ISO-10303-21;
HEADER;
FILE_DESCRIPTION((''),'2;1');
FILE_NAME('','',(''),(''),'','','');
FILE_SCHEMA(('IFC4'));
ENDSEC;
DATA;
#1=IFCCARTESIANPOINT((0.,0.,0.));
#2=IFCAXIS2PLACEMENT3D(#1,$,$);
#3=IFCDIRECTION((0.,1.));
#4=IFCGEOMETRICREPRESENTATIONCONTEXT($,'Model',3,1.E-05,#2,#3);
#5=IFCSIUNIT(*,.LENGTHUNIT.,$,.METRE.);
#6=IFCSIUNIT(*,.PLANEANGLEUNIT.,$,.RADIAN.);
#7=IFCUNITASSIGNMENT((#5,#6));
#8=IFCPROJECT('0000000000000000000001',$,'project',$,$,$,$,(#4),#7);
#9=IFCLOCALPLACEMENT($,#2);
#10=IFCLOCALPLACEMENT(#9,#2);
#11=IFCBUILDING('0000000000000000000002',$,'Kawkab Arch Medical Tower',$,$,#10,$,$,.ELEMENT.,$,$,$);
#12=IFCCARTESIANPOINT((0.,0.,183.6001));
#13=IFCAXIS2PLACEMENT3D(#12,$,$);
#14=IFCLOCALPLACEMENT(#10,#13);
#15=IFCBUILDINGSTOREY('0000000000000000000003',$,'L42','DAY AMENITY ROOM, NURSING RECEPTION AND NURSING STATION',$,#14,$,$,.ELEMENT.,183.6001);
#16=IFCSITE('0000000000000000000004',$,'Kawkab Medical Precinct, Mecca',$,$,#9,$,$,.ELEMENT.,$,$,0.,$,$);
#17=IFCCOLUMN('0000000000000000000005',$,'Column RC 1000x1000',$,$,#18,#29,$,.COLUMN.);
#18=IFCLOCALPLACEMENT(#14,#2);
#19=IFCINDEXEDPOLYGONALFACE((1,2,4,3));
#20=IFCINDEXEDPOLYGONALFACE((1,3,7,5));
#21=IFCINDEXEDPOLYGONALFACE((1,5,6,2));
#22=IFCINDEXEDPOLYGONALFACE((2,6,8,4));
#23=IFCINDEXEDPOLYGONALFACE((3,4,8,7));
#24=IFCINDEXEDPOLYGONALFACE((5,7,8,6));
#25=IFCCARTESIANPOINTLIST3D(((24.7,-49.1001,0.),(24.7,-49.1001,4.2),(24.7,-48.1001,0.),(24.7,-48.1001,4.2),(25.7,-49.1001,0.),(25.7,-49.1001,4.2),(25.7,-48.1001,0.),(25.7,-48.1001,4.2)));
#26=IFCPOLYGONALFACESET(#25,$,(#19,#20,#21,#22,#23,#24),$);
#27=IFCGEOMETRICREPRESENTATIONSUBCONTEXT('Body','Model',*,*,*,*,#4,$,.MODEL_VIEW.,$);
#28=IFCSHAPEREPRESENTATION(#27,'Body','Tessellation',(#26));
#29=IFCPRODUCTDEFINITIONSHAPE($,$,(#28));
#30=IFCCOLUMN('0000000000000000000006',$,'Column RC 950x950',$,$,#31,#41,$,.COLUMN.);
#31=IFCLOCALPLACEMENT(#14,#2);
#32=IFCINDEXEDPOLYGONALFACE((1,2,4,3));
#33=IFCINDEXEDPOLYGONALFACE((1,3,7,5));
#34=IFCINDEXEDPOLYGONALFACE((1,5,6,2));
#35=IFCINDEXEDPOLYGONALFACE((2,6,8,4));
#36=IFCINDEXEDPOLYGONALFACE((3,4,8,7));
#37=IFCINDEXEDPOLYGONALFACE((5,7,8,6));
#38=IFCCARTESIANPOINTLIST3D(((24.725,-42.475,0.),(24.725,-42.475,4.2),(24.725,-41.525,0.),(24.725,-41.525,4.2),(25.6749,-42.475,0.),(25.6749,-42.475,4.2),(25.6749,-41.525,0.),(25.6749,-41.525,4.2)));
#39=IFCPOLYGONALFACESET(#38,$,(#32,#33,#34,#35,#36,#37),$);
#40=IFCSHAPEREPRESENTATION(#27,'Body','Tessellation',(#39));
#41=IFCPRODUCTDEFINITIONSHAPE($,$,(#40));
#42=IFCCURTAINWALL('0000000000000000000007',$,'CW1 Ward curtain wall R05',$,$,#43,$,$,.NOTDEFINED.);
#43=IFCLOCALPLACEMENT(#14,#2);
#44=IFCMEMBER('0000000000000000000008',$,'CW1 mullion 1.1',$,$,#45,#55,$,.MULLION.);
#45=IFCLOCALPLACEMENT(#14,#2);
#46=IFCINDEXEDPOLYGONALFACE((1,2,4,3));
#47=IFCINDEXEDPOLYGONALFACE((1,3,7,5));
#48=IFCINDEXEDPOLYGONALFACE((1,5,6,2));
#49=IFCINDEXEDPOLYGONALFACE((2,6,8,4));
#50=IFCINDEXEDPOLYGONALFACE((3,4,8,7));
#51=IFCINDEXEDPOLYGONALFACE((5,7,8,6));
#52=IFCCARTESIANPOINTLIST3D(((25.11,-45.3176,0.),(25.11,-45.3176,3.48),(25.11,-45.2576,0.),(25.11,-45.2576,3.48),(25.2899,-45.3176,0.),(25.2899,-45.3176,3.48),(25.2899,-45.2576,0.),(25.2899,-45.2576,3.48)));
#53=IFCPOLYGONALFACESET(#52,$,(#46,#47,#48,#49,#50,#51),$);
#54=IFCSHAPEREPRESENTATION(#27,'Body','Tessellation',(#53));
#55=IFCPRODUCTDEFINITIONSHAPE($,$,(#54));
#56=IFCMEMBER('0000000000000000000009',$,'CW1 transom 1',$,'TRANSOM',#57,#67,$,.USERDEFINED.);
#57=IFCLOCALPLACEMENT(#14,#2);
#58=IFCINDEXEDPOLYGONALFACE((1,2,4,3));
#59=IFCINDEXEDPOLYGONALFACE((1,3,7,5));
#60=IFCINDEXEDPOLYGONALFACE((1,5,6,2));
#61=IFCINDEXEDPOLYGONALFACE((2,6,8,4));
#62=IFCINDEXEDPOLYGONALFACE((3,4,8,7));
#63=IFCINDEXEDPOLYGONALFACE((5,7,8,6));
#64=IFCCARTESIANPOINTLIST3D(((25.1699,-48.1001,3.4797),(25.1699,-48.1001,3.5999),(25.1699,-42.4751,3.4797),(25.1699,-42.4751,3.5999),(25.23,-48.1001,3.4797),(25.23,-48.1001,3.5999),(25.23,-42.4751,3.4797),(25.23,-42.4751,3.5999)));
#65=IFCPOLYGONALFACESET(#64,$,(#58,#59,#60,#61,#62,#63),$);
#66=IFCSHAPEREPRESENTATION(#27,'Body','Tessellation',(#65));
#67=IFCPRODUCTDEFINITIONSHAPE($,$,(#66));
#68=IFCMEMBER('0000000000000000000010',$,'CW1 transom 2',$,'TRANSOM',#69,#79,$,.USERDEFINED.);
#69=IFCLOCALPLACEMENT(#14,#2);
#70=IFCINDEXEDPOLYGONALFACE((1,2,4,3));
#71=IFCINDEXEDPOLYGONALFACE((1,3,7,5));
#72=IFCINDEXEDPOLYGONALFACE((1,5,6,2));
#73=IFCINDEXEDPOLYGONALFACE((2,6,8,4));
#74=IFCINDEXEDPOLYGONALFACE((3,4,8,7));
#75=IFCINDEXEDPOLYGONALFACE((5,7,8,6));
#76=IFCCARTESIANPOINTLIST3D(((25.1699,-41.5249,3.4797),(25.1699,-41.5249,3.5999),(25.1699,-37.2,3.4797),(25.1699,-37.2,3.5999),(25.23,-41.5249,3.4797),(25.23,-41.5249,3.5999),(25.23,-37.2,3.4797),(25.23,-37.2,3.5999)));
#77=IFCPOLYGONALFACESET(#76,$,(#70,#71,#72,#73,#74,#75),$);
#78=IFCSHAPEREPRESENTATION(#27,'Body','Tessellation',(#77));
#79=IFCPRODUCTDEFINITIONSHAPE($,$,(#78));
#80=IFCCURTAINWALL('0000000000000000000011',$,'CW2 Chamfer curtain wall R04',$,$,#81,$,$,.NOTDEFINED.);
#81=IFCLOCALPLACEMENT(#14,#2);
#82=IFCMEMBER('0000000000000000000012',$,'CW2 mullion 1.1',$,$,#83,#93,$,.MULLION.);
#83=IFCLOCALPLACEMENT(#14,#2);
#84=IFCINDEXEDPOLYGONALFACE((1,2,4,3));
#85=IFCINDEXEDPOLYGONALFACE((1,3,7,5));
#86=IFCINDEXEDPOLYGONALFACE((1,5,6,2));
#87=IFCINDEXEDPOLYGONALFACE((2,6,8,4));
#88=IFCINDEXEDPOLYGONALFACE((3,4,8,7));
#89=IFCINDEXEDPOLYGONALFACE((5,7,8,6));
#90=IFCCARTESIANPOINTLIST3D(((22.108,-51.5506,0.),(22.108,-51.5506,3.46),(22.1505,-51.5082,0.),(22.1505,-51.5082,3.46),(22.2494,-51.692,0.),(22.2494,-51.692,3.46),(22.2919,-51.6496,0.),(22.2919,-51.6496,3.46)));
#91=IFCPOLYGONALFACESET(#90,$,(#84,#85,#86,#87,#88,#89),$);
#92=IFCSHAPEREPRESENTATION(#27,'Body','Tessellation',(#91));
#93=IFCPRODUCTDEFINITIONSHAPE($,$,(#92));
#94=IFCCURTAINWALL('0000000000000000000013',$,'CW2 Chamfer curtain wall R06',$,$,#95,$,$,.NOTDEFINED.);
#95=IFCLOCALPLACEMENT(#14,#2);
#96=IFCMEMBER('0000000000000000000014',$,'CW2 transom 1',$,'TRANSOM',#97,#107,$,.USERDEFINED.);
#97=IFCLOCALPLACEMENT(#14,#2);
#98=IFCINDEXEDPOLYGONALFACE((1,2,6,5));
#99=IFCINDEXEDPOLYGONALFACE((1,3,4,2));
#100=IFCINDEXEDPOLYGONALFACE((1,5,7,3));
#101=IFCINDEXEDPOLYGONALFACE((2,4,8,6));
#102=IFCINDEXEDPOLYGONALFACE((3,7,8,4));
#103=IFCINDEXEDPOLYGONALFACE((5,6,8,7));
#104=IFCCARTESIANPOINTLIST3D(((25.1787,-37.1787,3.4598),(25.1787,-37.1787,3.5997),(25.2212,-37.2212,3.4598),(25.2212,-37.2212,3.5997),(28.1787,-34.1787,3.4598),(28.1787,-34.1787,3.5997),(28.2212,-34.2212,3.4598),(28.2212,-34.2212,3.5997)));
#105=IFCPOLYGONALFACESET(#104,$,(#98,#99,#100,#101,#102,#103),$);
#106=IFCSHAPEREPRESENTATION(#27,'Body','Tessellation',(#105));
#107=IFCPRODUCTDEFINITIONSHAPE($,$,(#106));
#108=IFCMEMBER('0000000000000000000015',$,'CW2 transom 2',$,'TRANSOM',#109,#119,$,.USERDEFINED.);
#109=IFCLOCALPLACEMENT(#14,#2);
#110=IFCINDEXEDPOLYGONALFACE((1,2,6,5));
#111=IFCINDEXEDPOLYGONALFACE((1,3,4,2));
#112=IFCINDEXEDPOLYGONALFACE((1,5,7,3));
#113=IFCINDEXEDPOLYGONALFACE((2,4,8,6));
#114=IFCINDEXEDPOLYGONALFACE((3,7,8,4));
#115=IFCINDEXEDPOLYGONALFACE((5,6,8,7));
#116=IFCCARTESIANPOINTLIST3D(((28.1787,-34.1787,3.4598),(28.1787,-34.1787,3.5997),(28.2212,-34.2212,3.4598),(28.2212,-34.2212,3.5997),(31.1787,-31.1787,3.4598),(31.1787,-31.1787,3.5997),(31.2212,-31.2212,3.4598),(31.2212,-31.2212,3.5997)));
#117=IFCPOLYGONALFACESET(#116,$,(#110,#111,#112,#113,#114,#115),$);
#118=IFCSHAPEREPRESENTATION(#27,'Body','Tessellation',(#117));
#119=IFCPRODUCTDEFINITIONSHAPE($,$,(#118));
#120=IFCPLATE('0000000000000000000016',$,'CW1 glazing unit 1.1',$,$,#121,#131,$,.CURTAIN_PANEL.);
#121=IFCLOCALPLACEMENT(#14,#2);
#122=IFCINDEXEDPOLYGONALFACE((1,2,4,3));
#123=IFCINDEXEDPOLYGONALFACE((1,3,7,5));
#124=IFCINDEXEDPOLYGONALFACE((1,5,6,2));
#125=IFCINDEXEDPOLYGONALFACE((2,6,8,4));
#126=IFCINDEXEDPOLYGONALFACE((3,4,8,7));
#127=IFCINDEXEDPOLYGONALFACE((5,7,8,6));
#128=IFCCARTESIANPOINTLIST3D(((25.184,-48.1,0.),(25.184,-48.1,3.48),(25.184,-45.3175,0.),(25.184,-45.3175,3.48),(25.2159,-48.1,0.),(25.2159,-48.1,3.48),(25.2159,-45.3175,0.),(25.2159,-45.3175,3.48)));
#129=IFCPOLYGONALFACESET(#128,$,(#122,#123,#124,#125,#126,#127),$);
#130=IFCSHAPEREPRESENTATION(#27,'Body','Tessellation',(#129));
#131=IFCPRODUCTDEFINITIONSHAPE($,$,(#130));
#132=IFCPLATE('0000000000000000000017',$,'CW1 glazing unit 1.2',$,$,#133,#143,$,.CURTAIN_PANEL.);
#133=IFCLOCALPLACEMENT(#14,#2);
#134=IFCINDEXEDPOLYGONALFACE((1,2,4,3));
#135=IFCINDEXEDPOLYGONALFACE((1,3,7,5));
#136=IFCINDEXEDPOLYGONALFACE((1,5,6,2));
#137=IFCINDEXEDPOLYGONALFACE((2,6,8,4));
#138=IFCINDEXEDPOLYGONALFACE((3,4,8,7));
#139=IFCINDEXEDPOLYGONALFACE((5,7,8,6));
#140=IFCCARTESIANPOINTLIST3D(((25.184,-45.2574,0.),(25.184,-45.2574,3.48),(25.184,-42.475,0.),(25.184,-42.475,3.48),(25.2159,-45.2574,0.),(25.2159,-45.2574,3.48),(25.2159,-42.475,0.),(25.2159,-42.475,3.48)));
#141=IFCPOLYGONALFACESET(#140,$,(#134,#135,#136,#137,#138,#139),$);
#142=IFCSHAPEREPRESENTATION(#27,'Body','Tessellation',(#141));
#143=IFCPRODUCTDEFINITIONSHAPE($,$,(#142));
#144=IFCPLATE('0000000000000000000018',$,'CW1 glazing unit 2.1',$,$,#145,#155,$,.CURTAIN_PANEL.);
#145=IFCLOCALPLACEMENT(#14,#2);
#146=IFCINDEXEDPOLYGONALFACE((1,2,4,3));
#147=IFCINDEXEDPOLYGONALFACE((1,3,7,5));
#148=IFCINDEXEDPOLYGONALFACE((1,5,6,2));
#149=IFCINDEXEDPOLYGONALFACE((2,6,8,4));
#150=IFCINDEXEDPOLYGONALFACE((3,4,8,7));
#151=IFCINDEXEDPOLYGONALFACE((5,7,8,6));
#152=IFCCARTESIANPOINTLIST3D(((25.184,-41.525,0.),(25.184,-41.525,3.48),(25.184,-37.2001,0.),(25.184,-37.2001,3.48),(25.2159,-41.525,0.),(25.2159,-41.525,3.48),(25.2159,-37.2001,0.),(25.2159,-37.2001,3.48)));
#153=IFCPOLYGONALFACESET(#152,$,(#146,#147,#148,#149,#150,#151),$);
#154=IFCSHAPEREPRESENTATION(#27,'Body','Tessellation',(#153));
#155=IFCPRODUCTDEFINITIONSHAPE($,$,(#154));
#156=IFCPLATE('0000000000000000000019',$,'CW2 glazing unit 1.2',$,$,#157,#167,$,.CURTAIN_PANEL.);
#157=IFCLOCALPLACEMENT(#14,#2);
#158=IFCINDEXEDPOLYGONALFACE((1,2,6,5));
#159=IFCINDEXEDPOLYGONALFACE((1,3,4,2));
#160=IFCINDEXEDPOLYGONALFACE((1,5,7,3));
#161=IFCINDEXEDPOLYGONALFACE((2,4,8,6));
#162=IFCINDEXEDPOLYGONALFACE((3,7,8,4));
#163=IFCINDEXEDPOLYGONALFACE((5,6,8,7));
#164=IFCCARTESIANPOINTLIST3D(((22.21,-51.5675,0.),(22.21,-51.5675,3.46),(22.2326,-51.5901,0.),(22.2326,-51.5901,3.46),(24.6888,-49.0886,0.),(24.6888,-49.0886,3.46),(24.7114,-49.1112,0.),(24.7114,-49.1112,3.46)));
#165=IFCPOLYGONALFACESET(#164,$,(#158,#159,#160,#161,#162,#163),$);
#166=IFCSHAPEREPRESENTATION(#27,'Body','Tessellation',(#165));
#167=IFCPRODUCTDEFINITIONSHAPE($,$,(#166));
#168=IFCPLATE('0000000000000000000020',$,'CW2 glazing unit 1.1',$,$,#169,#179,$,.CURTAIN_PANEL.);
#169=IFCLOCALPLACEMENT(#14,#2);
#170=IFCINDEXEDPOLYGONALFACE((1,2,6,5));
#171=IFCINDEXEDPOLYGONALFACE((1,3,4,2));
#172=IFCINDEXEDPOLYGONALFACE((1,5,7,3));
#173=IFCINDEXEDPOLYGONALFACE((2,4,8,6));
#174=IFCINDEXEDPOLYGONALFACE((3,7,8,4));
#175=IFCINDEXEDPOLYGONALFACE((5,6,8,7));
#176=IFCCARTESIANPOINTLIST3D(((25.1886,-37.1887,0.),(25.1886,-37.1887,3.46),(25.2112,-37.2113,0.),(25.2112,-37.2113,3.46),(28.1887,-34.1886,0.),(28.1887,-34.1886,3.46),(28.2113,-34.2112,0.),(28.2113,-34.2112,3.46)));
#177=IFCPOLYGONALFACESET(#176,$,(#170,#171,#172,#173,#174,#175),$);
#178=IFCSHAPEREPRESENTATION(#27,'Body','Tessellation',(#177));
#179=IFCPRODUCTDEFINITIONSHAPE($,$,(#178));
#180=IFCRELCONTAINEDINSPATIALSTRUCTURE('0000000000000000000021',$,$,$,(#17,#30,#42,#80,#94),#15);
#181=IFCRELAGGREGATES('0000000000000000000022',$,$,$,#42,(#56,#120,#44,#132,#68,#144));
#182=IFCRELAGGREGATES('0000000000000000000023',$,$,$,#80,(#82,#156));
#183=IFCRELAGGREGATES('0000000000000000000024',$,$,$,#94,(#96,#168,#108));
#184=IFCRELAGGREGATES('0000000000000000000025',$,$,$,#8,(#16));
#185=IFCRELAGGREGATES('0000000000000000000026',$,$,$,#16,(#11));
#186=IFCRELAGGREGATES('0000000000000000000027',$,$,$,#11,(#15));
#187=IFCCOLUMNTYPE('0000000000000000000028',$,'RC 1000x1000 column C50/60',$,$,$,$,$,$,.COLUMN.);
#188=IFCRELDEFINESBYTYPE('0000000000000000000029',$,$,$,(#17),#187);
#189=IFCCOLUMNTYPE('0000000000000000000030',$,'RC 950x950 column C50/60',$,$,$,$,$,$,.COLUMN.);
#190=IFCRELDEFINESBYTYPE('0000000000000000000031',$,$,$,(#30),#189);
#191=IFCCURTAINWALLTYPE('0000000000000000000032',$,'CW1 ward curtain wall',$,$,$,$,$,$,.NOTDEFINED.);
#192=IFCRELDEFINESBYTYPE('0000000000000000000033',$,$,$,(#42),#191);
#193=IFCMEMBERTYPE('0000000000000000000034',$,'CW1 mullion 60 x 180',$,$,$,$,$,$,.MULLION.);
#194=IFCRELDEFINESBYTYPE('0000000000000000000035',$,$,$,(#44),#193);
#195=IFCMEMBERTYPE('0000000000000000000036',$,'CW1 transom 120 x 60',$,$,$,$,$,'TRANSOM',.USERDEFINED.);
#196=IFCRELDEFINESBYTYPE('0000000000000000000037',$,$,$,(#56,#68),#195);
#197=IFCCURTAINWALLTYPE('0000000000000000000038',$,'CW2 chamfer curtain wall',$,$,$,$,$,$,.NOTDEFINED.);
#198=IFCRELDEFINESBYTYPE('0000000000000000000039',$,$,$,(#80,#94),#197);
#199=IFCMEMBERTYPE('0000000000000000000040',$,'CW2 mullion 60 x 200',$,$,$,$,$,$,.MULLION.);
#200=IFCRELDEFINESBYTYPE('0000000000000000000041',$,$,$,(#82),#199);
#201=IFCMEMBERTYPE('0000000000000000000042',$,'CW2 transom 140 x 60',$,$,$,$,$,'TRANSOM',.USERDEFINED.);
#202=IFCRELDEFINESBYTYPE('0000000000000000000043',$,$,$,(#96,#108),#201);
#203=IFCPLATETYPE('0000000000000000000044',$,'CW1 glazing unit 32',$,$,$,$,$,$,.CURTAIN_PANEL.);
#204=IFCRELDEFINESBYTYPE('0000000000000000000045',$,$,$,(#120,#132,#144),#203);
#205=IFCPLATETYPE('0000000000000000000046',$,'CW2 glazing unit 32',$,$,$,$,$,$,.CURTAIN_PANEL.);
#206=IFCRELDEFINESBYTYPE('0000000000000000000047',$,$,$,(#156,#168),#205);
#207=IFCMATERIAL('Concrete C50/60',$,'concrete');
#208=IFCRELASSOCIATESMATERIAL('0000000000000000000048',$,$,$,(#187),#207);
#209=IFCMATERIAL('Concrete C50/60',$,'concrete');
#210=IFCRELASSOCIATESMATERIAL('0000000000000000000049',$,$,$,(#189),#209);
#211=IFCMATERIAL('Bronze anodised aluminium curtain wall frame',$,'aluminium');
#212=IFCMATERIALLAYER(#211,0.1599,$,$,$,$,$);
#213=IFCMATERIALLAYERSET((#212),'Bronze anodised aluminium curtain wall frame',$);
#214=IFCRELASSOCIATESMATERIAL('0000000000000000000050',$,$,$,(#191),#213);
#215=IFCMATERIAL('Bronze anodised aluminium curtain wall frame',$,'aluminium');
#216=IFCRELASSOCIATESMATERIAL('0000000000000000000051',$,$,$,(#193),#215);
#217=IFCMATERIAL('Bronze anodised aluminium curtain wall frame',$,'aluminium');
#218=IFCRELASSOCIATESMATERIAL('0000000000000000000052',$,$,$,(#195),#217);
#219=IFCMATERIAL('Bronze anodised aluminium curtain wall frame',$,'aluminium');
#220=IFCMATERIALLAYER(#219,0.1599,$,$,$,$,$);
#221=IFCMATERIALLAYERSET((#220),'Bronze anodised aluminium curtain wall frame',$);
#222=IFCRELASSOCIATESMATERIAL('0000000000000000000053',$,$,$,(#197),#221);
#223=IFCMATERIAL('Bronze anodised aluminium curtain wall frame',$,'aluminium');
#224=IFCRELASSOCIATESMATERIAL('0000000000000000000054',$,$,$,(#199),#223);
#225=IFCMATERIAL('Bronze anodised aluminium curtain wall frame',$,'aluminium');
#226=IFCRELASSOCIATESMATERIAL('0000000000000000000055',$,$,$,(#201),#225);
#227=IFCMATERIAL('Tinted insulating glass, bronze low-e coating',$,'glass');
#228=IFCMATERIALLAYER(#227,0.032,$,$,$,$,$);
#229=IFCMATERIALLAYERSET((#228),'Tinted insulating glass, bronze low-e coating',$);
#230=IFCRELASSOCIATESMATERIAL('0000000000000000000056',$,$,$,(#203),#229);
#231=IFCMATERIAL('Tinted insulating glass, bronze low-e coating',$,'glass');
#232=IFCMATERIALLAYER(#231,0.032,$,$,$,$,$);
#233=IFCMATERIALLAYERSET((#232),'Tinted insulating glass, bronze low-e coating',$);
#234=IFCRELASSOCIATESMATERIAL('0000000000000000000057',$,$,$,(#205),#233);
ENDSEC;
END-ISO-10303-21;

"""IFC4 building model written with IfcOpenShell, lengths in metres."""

from ifc_helpers import new_model, si_unit, direction, frame, origin, origin_2d, place, context, subcontext, project, spatial, rectangle, extrude, material, layer, layer_set, material_profile, profile_set, type_object, element, aggregate, save


model = new_model("IFC4")

# Units and contexts
model_context = context("Model", 3, precision=1e-05, world=origin(), true_north=direction((0.0, 1.0)))
body_context = subcontext(model_context, "Body", "Model", "MODEL_VIEW")
ifc_project = project(units=[si_unit("LENGTHUNIT", "METRE"), si_unit("PLANEANGLEUNIT", "RADIAN")], contexts=[model_context])

# Site, building, storey
site_placement = place(None, origin())
site = spatial("IfcSite", under=ifc_project, at=site_placement, Name="Kawkab Medical Precinct, Mecca", CompositionType="ELEMENT", RefElevation=0.0)
building_placement = place(site_placement, origin())
building = spatial("IfcBuilding", under=site, at=building_placement, Name="Kawkab Arch Medical Tower", CompositionType="ELEMENT")
storey_placement = place(building_placement, frame((0.0, 0.0, 183.6001)))
storey = spatial("IfcBuildingStorey", under=building, at=storey_placement, Name="L42", Description="DAY AMENITY ROOM, NURSING RECEPTION AND NURSING STATION", CompositionType="ELEMENT", Elevation=183.6001)

# Columns
ifc_material_1 = material(Name="Concrete C50/60", Category="concrete")
ifc_material_profile_1 = material_profile(ifc_material_1, rectangle(XDim=1.0, YDim=1.0, at=origin_2d()), Name="RC 1000x1000")
ifc_profile_set_1 = profile_set([ifc_material_profile_1], Name="Concrete C50/60")
column_type_1 = type_object("IfcColumnType", Name="RC 1000x1000 column C50/60", PredefinedType="COLUMN", material=ifc_profile_set_1)
column_1_placement = place(storey_placement, frame((25.2, -48.6001, 0.0), z_axis=(0.0, 0.0, 1.0), x_axis=(1.0, 0.0, 0.0)))
element("IfcColumn", 1, at=column_1_placement, inside=storey, type_object=column_type_1, Name="Column RC 1000x1000", PredefinedType="COLUMN", context=body_context, shape_type="SweptSolid", body=[
    extrude(rectangle(XDim=1.0, YDim=1.0, at=origin_2d()), origin(), (0.0, 0.0, 1.0), 4.2),
])
ifc_material_2 = material(Name="Concrete C50/60", Category="concrete")
ifc_material_profile_2 = material_profile(ifc_material_2, rectangle(XDim=0.95, YDim=0.95, at=origin_2d()), Name="RC 950x950")
ifc_profile_set_2 = profile_set([ifc_material_profile_2], Name="Concrete C50/60")
column_type_2 = type_object("IfcColumnType", Name="RC 950x950 column C50/60", PredefinedType="COLUMN", material=ifc_profile_set_2)
column_2_placement = place(storey_placement, frame((25.2, -42.0, 0.0), z_axis=(0.0, 0.0, 1.0), x_axis=(1.0, 0.0, 0.0)))
element("IfcColumn", 2, at=column_2_placement, inside=storey, type_object=column_type_2, Name="Column RC 950x950", PredefinedType="COLUMN", context=body_context, shape_type="SweptSolid", body=[
    extrude(rectangle(XDim=0.95, YDim=0.95, at=origin_2d()), origin(), (0.0, 0.0, 1.0), 4.2),
])

# Curtain wall, members
ifc_material_3 = material(Name="Bronze anodised aluminium curtain wall frame", Category="aluminium")
ifc_layer_1 = layer(ifc_material_3, 0.1599)
ifc_layer_set_1 = layer_set([ifc_layer_1], Name="Bronze anodised aluminium curtain wall frame")
curtain_wall_type_1 = type_object("IfcCurtainWallType", Name="CW1 ward curtain wall", PredefinedType="NOTDEFINED", material=ifc_layer_set_1)
placement = place(storey_placement, origin())
curtain_wall_1 = element("IfcCurtainWall", 3, at=placement, inside=storey, type_object=curtain_wall_type_1, Name="CW1 Ward curtain wall R05", PredefinedType="NOTDEFINED")
ifc_material_4 = material(Name="Bronze anodised aluminium curtain wall frame", Category="aluminium")
ifc_material_profile_3 = material_profile(ifc_material_4, rectangle(XDim=0.1799, YDim=0.0601, at=origin_2d()), Name="AL 60x180")
ifc_profile_set_3 = profile_set([ifc_material_profile_3], Name="Bronze anodised aluminium curtain wall frame")
member_type_1 = type_object("IfcMemberType", Name="CW1 mullion 60 x 180", PredefinedType="MULLION", material=ifc_profile_set_3)
member_1_placement = place(storey_placement, frame((25.2, -45.2876, 0.0), z_axis=(0.0, 0.0, 1.0), x_axis=(-1.0, 0.0, 0.0)))
member_1 = element("IfcMember", 4, at=member_1_placement, type_object=member_type_1, Name="CW1 mullion 1.1", PredefinedType="MULLION", context=body_context, shape_type="SweptSolid", body=[
    extrude(rectangle(XDim=0.1799, YDim=0.0601, at=origin_2d()), origin(), (0.0, 0.0, 1.0), 3.48),
])
ifc_material_5 = material(Name="Bronze anodised aluminium curtain wall frame", Category="aluminium")
ifc_material_profile_4 = material_profile(ifc_material_5, rectangle(XDim=0.0601, YDim=0.1201, at=origin_2d()), Name="AL 60x120")
ifc_profile_set_4 = profile_set([ifc_material_profile_4], Name="Bronze anodised aluminium curtain wall frame")
member_type_2 = type_object("IfcMemberType", Name="CW1 transom 120 x 60", ElementType="TRANSOM", PredefinedType="USERDEFINED", material=ifc_profile_set_4)
member_2_placement = place(storey_placement, frame((25.2, -48.1001, 3.5398), z_axis=(0.0, 1.0, 0.0), x_axis=(-1.0, 0.0, 0.0)))
member_2 = element("IfcMember", 5, at=member_2_placement, type_object=member_type_2, Name="CW1 transom 1", ObjectType="TRANSOM", PredefinedType="USERDEFINED", context=body_context, shape_type="SweptSolid", body=[
    extrude(rectangle(XDim=0.0601, YDim=0.1201, at=origin_2d()), origin(), (0.0, 0.0, 1.0), 5.625),
])
member_3_placement = place(storey_placement, frame((25.2, -41.5249, 3.5398), z_axis=(0.0, 1.0, 0.0), x_axis=(-1.0, 0.0, 0.0)))
member_3 = element("IfcMember", 6, at=member_3_placement, type_object=member_type_2, Name="CW1 transom 2", ObjectType="TRANSOM", PredefinedType="USERDEFINED", context=body_context, shape_type="SweptSolid", body=[
    extrude(rectangle(XDim=0.0601, YDim=0.1201, at=origin_2d()), origin(), (0.0, 0.0, 1.0), 4.325),
])

# Curtain wall, member
ifc_material_6 = material(Name="Bronze anodised aluminium curtain wall frame", Category="aluminium")
ifc_layer_2 = layer(ifc_material_6, 0.1599)
ifc_layer_set_2 = layer_set([ifc_layer_2], Name="Bronze anodised aluminium curtain wall frame")
curtain_wall_type_2 = type_object("IfcCurtainWallType", Name="CW2 chamfer curtain wall", PredefinedType="NOTDEFINED", material=ifc_layer_set_2)
curtain_wall_2 = element("IfcCurtainWall", 7, at=placement, inside=storey, type_object=curtain_wall_type_2, Name="CW2 Chamfer curtain wall R04", PredefinedType="NOTDEFINED")
ifc_material_7 = material(Name="Bronze anodised aluminium curtain wall frame", Category="aluminium")
ifc_material_profile_5 = material_profile(ifc_material_7, rectangle(XDim=0.2, YDim=0.0601, at=origin_2d()), Name="AL 60x200")
ifc_profile_set_5 = profile_set([ifc_material_profile_5], Name="Bronze anodised aluminium curtain wall frame")
member_type_3 = type_object("IfcMemberType", Name="CW2 mullion 60 x 200", PredefinedType="MULLION", material=ifc_profile_set_5)
member_4_placement = place(storey_placement, frame((22.2, -51.6001, 0.0), z_axis=(0.0, 0.0, 1.0), x_axis=(-0.707107, 0.707107, 0.0)))
member_4 = element("IfcMember", 8, at=member_4_placement, type_object=member_type_3, Name="CW2 mullion 1.1", PredefinedType="MULLION", context=body_context, shape_type="SweptSolid", body=[
    extrude(rectangle(XDim=0.2, YDim=0.0601, at=origin_2d()), origin(), (0.0, 0.0, 1.0), 3.46),
])

# Curtain wall, members
curtain_wall_3 = element("IfcCurtainWall", 9, at=placement, inside=storey, type_object=curtain_wall_type_2, Name="CW2 Chamfer curtain wall R06", PredefinedType="NOTDEFINED")
ifc_material_8 = material(Name="Bronze anodised aluminium curtain wall frame", Category="aluminium")
ifc_material_profile_6 = material_profile(ifc_material_8, rectangle(XDim=0.0601, YDim=0.1399, at=origin_2d()), Name="AL 60x140")
ifc_profile_set_6 = profile_set([ifc_material_profile_6], Name="Bronze anodised aluminium curtain wall frame")
member_type_4 = type_object("IfcMemberType", Name="CW2 transom 140 x 60", ElementType="TRANSOM", PredefinedType="USERDEFINED", material=ifc_profile_set_6)
member_5_placement = place(storey_placement, frame((25.2, -37.2, 3.5298), z_axis=(0.707107, 0.707107, 0.0), x_axis=(-0.707107, 0.707107, 0.0)))
member_5 = element("IfcMember", 10, at=member_5_placement, type_object=member_type_4, Name="CW2 transom 1", ObjectType="TRANSOM", PredefinedType="USERDEFINED", context=body_context, shape_type="SweptSolid", body=[
    extrude(rectangle(XDim=0.0601, YDim=0.1399, at=origin_2d()), origin(), (0.0, 0.0, 1.0), 4.2427),
])
member_6_placement = place(storey_placement, frame((28.2, -34.2, 3.5298), z_axis=(0.707107, 0.707107, 0.0), x_axis=(-0.707107, 0.707107, 0.0)))
member_6 = element("IfcMember", 11, at=member_6_placement, type_object=member_type_4, Name="CW2 transom 2", ObjectType="TRANSOM", PredefinedType="USERDEFINED", context=body_context, shape_type="SweptSolid", body=[
    extrude(rectangle(XDim=0.0601, YDim=0.1399, at=origin_2d()), origin(), (0.0, 0.0, 1.0), 4.2427),
])

# Plates
ifc_material_9 = material(Name="Tinted insulating glass, bronze low-e coating", Category="glass")
ifc_layer_3 = layer(ifc_material_9, 0.032)
ifc_layer_set_3 = layer_set([ifc_layer_3], Name="Tinted insulating glass, bronze low-e coating")
plate_type_1 = type_object("IfcPlateType", Name="CW1 glazing unit 32", PredefinedType="CURTAIN_PANEL", material=ifc_layer_set_3)
plate_1_placement = place(storey_placement, frame((25.2, -46.7087, 0.0), z_axis=(0.0, 0.0, 1.0), x_axis=(0.0, 1.0, 0.0)))
plate_1 = element("IfcPlate", 12, at=plate_1_placement, type_object=plate_type_1, Name="CW1 glazing unit 1.1", PredefinedType="CURTAIN_PANEL", context=body_context, shape_type="SweptSolid", body=[
    extrude(rectangle(XDim=2.7825, YDim=0.032, at=origin_2d()), origin(), (0.0, 0.0, 1.0), 3.48),
])
plate_2_placement = place(storey_placement, frame((25.2, -43.8662, 0.0), z_axis=(0.0, 0.0, 1.0), x_axis=(0.0, 1.0, 0.0)))
plate_2 = element("IfcPlate", 13, at=plate_2_placement, type_object=plate_type_1, Name="CW1 glazing unit 1.2", PredefinedType="CURTAIN_PANEL", context=body_context, shape_type="SweptSolid", body=[
    extrude(rectangle(XDim=2.7825, YDim=0.032, at=origin_2d()), origin(), (0.0, 0.0, 1.0), 3.48),
])
plate_3_placement = place(storey_placement, frame((25.2, -39.3625, 0.0), z_axis=(0.0, 0.0, 1.0), x_axis=(0.0, 1.0, 0.0)))
plate_3 = element("IfcPlate", 14, at=plate_3_placement, type_object=plate_type_1, Name="CW1 glazing unit 2.1", PredefinedType="CURTAIN_PANEL", context=body_context, shape_type="SweptSolid", body=[
    extrude(rectangle(XDim=4.325, YDim=0.032, at=origin_2d()), origin(), (0.0, 0.0, 1.0), 3.48),
])
aggregate(curtain_wall_1, [member_2, plate_1, member_1, plate_2, member_3, plate_3])
ifc_material_10 = material(Name="Tinted insulating glass, bronze low-e coating", Category="glass")
ifc_layer_4 = layer(ifc_material_10, 0.032)
ifc_layer_set_4 = layer_set([ifc_layer_4], Name="Tinted insulating glass, bronze low-e coating")
plate_type_2 = type_object("IfcPlateType", Name="CW2 glazing unit 32", PredefinedType="CURTAIN_PANEL", material=ifc_layer_set_4)
plate_4_placement = place(storey_placement, frame((23.4607, -50.3394, 0.0), z_axis=(0.0, 0.0, 1.0), x_axis=(0.707107, 0.707107, 0.0)))
plate_4 = element("IfcPlate", 15, at=plate_4_placement, type_object=plate_type_2, Name="CW2 glazing unit 1.2", PredefinedType="CURTAIN_PANEL", context=body_context, shape_type="SweptSolid", body=[
    extrude(rectangle(XDim=3.5056, YDim=0.032, at=origin_2d()), origin(), (0.0, 0.0, 1.0), 3.46),
])
aggregate(curtain_wall_2, [member_4, plate_4])
plate_5_placement = place(storey_placement, frame((26.7, -35.7, 0.0), z_axis=(0.0, 0.0, 1.0), x_axis=(0.707107, 0.707107, 0.0)))
plate_5 = element("IfcPlate", 16, at=plate_5_placement, type_object=plate_type_2, Name="CW2 glazing unit 1.1", PredefinedType="CURTAIN_PANEL", context=body_context, shape_type="SweptSolid", body=[
    extrude(rectangle(XDim=4.2427, YDim=0.032, at=origin_2d()), origin(), (0.0, 0.0, 1.0), 3.46),
])
aggregate(curtain_wall_3, [member_5, plate_5, member_6])

save(model, "model.ifc")
